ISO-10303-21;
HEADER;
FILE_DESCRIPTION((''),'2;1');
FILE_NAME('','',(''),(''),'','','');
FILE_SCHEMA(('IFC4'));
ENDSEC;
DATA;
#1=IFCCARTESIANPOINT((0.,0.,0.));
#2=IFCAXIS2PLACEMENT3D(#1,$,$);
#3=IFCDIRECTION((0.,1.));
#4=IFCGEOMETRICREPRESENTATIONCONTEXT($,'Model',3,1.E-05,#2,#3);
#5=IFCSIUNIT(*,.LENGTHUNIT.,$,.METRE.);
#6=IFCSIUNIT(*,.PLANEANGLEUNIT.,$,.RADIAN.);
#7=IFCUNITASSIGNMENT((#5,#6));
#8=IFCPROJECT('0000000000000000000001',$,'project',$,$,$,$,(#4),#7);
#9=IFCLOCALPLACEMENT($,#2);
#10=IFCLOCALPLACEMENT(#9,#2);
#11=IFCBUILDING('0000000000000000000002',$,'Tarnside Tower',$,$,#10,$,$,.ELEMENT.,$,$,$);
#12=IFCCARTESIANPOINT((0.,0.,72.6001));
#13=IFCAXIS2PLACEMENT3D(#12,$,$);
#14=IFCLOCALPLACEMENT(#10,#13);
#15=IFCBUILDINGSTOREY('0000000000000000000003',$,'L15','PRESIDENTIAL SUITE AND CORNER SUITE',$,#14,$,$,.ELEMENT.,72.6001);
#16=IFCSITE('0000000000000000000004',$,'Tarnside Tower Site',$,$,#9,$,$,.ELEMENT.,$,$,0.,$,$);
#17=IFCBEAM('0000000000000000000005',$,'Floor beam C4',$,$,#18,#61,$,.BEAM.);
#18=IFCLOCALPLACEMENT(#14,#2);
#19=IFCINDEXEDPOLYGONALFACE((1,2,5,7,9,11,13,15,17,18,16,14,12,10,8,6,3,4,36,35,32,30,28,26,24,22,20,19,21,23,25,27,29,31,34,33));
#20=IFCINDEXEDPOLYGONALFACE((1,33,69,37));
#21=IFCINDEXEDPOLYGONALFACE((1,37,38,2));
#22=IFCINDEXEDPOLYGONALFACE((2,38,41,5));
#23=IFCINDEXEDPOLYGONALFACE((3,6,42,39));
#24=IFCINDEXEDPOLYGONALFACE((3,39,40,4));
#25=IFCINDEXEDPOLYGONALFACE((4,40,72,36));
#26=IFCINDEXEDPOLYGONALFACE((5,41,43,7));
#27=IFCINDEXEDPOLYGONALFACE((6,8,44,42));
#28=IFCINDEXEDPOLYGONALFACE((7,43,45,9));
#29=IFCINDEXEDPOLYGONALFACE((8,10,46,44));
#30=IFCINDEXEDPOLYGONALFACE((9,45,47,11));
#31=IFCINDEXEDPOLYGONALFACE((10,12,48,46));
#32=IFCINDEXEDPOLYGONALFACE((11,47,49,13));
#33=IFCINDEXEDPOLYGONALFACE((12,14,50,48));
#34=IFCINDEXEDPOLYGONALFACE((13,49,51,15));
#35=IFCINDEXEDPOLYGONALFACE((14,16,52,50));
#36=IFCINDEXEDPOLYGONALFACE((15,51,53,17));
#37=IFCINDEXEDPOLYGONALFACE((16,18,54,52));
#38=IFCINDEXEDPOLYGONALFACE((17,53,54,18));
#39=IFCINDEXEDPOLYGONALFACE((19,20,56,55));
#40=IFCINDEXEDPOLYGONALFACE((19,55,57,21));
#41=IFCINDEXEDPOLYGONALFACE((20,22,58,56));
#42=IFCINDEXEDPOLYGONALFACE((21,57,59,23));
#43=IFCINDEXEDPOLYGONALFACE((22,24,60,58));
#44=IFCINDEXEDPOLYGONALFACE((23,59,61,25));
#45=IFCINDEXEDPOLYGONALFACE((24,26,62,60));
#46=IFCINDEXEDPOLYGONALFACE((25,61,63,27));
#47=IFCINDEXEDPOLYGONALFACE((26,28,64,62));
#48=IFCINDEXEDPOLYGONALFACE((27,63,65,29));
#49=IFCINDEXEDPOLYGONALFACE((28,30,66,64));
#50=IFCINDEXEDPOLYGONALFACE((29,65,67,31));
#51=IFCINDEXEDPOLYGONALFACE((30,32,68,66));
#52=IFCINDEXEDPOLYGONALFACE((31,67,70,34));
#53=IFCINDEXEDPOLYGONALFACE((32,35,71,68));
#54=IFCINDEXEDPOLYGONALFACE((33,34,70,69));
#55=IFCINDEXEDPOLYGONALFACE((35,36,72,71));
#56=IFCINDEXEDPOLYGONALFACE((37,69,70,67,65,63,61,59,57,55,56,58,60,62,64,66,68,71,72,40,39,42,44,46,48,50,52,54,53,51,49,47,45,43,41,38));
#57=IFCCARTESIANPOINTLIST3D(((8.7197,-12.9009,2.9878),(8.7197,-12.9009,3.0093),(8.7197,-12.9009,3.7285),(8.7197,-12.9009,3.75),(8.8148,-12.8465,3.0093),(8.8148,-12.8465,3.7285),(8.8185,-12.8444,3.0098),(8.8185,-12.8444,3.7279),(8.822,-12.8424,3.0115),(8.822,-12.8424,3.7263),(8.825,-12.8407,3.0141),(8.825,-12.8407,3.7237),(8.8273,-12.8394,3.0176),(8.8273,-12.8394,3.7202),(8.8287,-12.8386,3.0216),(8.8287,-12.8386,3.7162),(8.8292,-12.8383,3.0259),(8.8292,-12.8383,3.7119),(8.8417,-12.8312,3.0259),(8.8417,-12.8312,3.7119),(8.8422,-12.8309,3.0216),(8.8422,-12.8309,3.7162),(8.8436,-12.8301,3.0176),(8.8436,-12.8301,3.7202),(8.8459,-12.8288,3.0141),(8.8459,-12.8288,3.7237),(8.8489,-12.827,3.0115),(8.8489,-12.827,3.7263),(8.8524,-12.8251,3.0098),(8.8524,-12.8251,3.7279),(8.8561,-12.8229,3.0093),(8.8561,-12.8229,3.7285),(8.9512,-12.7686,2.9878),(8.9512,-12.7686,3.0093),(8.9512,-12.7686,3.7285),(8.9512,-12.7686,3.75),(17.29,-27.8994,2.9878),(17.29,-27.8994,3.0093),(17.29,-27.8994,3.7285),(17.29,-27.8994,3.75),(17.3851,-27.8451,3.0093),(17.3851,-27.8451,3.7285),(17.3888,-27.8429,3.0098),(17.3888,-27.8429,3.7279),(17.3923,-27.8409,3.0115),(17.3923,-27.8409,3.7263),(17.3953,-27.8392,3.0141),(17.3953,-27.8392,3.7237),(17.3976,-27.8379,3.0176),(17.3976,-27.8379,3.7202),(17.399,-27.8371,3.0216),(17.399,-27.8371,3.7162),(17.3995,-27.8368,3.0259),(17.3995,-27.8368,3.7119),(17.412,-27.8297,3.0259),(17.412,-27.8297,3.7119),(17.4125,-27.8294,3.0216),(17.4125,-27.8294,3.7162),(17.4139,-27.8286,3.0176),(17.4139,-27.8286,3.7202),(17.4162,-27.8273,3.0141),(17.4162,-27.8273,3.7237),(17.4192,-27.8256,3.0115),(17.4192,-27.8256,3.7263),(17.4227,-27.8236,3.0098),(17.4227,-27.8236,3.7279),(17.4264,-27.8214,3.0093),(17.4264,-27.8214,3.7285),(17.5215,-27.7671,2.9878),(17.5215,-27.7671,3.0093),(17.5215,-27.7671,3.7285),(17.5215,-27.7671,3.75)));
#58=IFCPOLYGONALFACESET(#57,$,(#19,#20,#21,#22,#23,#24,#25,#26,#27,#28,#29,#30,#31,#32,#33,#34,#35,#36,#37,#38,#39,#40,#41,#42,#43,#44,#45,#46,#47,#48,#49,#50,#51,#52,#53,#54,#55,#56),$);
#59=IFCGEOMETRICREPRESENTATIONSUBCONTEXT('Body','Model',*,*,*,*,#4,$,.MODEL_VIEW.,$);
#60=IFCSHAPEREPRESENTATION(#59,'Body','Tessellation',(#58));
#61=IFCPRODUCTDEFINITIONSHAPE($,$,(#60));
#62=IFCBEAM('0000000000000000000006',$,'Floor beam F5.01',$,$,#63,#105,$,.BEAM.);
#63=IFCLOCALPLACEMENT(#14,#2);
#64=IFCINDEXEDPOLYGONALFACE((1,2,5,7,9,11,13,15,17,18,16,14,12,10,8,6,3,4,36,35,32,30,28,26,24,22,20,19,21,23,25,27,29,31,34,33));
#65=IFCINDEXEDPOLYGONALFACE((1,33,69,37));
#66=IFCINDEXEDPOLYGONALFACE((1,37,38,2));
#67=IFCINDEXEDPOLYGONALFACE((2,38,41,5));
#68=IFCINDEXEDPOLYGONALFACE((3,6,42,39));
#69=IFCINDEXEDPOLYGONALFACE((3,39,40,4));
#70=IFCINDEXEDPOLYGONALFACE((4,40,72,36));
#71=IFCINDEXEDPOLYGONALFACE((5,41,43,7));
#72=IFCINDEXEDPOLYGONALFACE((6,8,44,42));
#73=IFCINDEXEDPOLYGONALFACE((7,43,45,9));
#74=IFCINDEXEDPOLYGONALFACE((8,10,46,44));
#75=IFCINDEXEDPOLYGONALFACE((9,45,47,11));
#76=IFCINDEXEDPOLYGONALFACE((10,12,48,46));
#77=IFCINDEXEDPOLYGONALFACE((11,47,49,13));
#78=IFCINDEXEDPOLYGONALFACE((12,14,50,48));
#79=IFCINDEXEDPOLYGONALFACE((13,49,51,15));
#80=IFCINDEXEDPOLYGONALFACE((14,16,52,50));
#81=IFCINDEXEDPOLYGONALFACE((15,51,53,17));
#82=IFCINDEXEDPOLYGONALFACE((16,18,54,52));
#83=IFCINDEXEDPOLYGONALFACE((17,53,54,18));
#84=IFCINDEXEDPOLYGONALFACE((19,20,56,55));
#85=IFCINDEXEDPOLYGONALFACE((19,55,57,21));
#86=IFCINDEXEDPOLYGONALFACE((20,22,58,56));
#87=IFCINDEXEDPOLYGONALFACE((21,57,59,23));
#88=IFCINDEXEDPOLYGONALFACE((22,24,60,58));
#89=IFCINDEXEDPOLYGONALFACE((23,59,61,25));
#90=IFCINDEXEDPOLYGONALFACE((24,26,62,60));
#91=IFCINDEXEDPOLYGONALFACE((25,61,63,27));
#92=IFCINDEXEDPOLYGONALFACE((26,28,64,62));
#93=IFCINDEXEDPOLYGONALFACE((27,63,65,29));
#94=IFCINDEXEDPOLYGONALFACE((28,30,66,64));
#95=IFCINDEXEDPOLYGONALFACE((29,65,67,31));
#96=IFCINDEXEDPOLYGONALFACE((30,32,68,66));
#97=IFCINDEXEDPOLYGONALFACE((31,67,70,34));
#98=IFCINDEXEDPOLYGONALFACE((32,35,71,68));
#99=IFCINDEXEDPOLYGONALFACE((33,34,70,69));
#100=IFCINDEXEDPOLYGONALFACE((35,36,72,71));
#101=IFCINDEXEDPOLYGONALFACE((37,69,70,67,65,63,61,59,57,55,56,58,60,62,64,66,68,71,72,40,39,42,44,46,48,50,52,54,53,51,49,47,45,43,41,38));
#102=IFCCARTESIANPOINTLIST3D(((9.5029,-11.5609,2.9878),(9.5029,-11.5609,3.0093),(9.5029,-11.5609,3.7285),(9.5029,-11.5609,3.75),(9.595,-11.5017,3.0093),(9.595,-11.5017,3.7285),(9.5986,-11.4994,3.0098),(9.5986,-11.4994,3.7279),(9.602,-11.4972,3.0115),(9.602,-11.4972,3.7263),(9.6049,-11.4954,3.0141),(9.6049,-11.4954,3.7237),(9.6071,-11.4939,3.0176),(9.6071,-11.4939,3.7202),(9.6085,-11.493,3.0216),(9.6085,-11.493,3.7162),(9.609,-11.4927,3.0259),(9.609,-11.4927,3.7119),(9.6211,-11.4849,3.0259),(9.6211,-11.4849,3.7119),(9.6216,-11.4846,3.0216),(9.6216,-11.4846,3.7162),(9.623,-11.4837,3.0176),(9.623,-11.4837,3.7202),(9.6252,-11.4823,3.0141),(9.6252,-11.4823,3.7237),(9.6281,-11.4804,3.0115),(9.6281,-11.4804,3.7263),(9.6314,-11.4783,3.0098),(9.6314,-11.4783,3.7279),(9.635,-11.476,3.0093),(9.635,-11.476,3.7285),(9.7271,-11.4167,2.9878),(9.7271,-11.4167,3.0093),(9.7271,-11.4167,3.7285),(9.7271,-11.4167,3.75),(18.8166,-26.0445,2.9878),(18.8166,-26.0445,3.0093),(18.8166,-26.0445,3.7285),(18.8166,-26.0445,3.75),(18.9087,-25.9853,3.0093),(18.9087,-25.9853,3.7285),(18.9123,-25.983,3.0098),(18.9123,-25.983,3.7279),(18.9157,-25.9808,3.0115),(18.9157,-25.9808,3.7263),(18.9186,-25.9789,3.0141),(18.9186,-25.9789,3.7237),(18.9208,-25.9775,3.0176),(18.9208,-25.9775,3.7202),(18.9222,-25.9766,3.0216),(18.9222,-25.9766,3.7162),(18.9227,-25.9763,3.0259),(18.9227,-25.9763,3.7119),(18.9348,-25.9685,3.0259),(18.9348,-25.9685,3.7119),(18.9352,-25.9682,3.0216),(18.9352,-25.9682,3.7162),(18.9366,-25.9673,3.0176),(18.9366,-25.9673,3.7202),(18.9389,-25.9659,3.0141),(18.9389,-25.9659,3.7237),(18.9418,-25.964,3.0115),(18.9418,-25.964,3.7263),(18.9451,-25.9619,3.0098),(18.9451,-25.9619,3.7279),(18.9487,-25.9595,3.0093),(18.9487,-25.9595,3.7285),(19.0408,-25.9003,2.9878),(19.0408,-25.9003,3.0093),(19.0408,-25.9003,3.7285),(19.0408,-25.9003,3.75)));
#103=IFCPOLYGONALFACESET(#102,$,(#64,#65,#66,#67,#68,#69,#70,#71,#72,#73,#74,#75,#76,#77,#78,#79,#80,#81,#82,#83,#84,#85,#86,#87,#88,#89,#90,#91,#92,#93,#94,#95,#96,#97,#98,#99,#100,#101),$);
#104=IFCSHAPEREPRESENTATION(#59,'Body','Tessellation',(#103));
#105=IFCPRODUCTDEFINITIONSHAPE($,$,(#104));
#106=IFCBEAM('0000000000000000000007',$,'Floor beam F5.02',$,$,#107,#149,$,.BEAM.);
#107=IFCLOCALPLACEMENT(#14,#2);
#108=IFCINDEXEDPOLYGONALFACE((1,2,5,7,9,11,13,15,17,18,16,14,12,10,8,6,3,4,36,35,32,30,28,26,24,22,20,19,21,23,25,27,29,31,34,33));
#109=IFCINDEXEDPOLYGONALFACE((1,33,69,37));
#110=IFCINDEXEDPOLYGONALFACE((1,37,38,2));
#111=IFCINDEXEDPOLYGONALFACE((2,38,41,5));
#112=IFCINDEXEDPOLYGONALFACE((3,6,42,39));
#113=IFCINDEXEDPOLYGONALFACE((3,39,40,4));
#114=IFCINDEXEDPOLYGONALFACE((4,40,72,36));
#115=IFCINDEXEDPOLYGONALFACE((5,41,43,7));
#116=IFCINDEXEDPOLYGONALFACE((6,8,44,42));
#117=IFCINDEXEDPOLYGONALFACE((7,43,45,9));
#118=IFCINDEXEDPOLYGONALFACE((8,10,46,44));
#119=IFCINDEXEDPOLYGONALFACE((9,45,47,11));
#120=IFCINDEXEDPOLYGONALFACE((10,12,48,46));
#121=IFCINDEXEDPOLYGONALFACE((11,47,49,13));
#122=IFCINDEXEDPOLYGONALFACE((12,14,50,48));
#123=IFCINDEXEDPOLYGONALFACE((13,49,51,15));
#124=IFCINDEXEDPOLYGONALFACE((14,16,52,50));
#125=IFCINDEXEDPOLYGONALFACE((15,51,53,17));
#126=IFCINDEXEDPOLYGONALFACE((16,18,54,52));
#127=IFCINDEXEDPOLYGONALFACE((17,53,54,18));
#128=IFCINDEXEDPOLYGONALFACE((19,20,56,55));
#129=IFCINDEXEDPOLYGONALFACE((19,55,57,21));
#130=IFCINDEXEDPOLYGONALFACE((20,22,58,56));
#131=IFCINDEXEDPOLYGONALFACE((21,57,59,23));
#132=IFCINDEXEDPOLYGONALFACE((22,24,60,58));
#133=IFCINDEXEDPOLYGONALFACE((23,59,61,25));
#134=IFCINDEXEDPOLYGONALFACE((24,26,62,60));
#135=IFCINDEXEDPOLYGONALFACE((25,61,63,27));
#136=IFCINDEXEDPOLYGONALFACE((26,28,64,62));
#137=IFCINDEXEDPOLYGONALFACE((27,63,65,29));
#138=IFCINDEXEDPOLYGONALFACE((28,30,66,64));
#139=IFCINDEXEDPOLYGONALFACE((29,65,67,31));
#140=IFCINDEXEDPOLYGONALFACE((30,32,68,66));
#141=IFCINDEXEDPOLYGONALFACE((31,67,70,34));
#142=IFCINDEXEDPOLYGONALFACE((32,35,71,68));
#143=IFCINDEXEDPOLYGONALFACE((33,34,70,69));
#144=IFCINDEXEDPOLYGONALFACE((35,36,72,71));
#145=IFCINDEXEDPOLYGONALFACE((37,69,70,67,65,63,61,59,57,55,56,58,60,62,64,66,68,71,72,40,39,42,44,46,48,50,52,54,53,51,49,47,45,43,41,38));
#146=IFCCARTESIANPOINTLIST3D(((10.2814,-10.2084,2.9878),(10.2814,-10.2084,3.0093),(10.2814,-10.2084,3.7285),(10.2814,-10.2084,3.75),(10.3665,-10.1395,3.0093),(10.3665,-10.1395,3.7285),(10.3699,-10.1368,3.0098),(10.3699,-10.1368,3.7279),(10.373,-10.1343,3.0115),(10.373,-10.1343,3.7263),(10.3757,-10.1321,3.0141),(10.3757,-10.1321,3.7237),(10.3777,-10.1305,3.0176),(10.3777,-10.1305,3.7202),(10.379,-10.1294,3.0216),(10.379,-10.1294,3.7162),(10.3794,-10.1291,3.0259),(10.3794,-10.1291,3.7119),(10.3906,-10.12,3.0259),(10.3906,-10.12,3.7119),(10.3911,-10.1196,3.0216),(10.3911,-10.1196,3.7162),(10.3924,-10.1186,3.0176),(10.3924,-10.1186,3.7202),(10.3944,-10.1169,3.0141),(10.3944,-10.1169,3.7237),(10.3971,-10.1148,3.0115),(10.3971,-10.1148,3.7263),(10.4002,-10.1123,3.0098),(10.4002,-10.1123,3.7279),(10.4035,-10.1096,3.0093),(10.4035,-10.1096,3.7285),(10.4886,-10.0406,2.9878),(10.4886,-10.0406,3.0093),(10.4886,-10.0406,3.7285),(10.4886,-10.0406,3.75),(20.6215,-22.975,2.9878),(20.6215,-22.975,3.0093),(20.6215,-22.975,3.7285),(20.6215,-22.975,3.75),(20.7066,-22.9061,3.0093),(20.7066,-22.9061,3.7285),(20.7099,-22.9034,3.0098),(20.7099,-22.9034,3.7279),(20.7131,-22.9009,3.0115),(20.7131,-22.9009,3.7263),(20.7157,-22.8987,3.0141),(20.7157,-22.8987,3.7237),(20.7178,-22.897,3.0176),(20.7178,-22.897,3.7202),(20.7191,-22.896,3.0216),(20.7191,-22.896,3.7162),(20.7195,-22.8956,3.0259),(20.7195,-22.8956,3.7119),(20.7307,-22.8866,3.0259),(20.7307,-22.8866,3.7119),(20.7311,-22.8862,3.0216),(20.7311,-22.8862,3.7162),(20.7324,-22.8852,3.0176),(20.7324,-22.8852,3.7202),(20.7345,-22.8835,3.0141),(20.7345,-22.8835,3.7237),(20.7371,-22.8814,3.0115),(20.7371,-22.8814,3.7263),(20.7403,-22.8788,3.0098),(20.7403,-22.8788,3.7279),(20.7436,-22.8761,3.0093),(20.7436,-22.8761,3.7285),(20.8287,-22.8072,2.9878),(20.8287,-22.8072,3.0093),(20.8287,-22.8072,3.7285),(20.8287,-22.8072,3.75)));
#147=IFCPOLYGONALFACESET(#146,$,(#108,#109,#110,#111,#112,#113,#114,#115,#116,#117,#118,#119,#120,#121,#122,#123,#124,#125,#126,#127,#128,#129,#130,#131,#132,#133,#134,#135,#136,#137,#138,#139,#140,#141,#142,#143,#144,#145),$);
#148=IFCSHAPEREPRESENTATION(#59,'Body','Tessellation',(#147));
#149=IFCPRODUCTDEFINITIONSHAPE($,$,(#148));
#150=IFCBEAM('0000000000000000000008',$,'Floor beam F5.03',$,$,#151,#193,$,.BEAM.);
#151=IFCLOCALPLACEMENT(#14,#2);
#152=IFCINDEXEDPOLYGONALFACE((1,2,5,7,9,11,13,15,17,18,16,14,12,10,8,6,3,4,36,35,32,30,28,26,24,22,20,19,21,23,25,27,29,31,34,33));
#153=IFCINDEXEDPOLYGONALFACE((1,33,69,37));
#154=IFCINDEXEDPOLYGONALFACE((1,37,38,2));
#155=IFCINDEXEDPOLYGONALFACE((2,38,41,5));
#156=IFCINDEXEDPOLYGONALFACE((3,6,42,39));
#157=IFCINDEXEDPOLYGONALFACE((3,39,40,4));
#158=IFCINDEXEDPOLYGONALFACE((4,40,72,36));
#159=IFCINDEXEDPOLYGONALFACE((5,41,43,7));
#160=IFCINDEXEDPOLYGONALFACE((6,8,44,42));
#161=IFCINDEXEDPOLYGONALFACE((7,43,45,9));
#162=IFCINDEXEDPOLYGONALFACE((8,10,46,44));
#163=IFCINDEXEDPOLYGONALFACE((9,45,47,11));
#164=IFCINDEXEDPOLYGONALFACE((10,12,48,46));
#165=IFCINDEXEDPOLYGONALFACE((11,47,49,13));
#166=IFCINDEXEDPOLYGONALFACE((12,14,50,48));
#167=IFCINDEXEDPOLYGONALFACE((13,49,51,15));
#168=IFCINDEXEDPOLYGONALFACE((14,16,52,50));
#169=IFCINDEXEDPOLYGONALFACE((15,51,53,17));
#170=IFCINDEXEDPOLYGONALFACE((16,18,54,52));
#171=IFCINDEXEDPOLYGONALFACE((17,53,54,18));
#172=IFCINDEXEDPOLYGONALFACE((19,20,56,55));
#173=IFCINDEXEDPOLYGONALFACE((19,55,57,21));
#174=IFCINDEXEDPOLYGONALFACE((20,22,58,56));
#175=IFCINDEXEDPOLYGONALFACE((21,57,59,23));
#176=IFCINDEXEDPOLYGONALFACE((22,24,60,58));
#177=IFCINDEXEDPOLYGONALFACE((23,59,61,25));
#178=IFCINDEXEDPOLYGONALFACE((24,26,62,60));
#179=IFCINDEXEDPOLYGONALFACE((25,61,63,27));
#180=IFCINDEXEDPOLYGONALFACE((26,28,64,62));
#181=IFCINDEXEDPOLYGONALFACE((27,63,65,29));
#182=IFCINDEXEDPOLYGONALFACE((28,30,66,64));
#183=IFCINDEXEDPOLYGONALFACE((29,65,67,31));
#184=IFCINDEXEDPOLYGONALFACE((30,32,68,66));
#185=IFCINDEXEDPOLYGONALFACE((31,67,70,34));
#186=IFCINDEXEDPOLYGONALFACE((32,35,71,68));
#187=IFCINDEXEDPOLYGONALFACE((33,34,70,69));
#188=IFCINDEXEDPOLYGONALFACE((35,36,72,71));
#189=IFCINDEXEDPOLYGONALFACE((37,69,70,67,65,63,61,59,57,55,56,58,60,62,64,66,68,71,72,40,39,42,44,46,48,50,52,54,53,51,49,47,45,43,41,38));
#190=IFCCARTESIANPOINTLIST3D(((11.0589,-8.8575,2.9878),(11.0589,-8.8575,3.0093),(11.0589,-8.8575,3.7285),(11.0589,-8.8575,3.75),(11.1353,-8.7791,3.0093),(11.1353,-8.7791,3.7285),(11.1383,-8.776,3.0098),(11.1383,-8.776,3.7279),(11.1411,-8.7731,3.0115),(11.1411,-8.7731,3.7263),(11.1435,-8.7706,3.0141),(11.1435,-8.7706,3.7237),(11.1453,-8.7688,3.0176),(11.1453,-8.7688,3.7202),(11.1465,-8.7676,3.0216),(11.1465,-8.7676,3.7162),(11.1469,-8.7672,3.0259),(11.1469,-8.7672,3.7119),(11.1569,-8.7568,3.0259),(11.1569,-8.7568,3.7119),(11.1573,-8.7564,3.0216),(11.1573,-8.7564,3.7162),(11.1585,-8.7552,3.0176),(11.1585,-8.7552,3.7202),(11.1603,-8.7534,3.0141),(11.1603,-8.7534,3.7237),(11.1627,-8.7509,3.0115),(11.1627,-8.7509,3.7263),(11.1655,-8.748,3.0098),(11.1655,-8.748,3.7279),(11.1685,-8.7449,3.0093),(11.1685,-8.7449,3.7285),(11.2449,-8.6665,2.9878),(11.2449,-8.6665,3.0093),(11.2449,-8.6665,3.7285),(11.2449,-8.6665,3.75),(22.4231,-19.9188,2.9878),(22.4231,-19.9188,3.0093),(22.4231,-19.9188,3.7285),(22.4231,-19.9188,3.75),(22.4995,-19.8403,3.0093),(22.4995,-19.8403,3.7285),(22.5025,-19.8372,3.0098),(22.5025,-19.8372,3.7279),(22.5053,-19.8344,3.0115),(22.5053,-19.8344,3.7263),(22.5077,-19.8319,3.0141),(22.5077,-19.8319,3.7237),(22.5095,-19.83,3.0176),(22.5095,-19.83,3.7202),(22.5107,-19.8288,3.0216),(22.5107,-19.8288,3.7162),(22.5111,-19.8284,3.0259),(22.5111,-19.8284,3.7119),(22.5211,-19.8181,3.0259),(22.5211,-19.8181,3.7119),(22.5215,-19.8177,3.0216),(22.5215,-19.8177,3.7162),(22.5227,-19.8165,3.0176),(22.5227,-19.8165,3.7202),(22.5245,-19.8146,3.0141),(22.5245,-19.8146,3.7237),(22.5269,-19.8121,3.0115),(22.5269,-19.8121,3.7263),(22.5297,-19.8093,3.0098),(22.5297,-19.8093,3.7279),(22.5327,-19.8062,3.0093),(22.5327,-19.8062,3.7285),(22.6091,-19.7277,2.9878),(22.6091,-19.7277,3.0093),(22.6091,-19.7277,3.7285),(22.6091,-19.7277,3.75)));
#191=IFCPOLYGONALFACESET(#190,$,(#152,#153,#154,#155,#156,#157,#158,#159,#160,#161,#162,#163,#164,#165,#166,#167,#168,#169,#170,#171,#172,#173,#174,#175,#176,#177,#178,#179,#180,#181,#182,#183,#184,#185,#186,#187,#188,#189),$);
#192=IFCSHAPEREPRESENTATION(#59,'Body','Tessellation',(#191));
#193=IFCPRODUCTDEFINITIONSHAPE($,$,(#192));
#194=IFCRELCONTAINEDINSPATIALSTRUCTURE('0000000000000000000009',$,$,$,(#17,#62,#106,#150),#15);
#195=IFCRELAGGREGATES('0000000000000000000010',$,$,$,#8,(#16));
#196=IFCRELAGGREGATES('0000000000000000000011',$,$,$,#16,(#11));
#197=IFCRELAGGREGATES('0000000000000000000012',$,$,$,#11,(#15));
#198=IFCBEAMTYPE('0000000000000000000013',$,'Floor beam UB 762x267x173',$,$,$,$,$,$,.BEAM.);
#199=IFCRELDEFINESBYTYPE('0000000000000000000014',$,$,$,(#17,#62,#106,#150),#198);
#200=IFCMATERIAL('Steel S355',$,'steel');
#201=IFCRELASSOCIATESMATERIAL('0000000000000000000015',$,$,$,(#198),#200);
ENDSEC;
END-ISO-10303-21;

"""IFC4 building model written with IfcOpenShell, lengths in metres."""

from ifc_helpers import new_model, si_unit, direction, frame, origin, origin_2d, place, context, subcontext, project, spatial, i_section, extrude, material, material_profile, profile_set, type_object, element, save


model = new_model("IFC4")

# Units and contexts
model_context = context("Model", 3, precision=1e-05, world=origin(), true_north=direction((0.0, 1.0)))
body_context = subcontext(model_context, "Body", "Model", "MODEL_VIEW")
ifc_project = project(units=[si_unit("LENGTHUNIT", "METRE"), si_unit("PLANEANGLEUNIT", "RADIAN")], contexts=[model_context])

# Site, building, storey
site_placement = place(None, origin())
site = spatial("IfcSite", under=ifc_project, at=site_placement, Name="Tarnside Tower Site", CompositionType="ELEMENT", RefElevation=0.0)
building_placement = place(site_placement, origin())
building = spatial("IfcBuilding", under=site, at=building_placement, Name="Tarnside Tower", CompositionType="ELEMENT")
storey_placement = place(building_placement, frame((0.0, 0.0, 72.6001)))
storey = spatial("IfcBuildingStorey", under=building, at=storey_placement, Name="L15", Description="PRESIDENTIAL SUITE AND CORNER SUITE", CompositionType="ELEMENT", Elevation=72.6001)

# Beams
ifc_material_1 = material(Name="Steel S355", Category="steel")
ifc_material_profile = material_profile(ifc_material_1, i_section(OverallWidth=0.2666, OverallDepth=0.7622, WebThickness=0.0144, FlangeThickness=0.0215, FilletRadius=0.0166, at=origin_2d()), Name="UB 762x267x173")
ifc_profile_set = profile_set([ifc_material_profile], Name="Steel S355")
beam_type = type_object("IfcBeamType", Name="Floor beam UB 762x267x173", PredefinedType="BEAM", material=ifc_profile_set)
beam_1_placement = place(storey_placement, frame((17.4058, -27.8333, 3.3689), z_axis=(-0.496127, 0.86825, 0.0), x_axis=(-0.86825, -0.496127, 0.0)))
element("IfcBeam", 1, at=beam_1_placement, inside=storey, type_object=beam_type, Name="Floor beam C4", PredefinedType="BEAM", context=body_context, shape_type="SweptSolid", body=[
    extrude(i_section(OverallWidth=0.2666, OverallDepth=0.7622, WebThickness=0.0144, FlangeThickness=0.0215, FilletRadius=0.0166, at=origin_2d()), origin(), (0.0, 0.0, 1.0), 17.2744),
])
beam_2_placement = place(storey_placement, frame((18.9287, -25.9724, 3.3689), z_axis=(-0.540873, 0.841104, 0.0), x_axis=(-0.841104, -0.540873, 0.0)))
element("IfcBeam", 2, at=beam_2_placement, inside=storey, type_object=beam_type, Name="Floor beam F5.01", PredefinedType="BEAM", context=body_context, shape_type="SweptSolid", body=[
    extrude(i_section(OverallWidth=0.2666, OverallDepth=0.7622, WebThickness=0.0144, FlangeThickness=0.0215, FilletRadius=0.0166, at=origin_2d()), origin(), (0.0, 0.0, 1.0), 17.2197),
])
beam_3_placement = place(storey_placement, frame((20.7251, -22.8911, 3.3689), z_axis=(-0.62939, 0.777089, 0.0), x_axis=(-0.777089, -0.62939, 0.0)))
element("IfcBeam", 3, at=beam_3_placement, inside=storey, type_object=beam_type, Name="Floor beam F5.02", PredefinedType="BEAM", context=body_context, shape_type="SweptSolid", body=[
    extrude(i_section(OverallWidth=0.2666, OverallDepth=0.7622, WebThickness=0.0144, FlangeThickness=0.0215, FilletRadius=0.0166, at=origin_2d()), origin(), (0.0, 0.0, 1.0), 16.4287),
])
beam_4_placement = place(storey_placement, frame((22.5161, -19.8232, 3.3689), z_axis=(-0.716595, 0.69749, 0.0), x_axis=(-0.69749, -0.716595, 0.0)))
element("IfcBeam", 4, at=beam_4_placement, inside=storey, type_object=beam_type, Name="Floor beam F5.03", PredefinedType="BEAM", context=body_context, shape_type="SweptSolid", body=[
    extrude(i_section(OverallWidth=0.2666, OverallDepth=0.7622, WebThickness=0.0144, FlangeThickness=0.0215, FilletRadius=0.0166, at=origin_2d()), origin(), (0.0, 0.0, 1.0), 15.8586),
])

save(model, "model.ifc")
